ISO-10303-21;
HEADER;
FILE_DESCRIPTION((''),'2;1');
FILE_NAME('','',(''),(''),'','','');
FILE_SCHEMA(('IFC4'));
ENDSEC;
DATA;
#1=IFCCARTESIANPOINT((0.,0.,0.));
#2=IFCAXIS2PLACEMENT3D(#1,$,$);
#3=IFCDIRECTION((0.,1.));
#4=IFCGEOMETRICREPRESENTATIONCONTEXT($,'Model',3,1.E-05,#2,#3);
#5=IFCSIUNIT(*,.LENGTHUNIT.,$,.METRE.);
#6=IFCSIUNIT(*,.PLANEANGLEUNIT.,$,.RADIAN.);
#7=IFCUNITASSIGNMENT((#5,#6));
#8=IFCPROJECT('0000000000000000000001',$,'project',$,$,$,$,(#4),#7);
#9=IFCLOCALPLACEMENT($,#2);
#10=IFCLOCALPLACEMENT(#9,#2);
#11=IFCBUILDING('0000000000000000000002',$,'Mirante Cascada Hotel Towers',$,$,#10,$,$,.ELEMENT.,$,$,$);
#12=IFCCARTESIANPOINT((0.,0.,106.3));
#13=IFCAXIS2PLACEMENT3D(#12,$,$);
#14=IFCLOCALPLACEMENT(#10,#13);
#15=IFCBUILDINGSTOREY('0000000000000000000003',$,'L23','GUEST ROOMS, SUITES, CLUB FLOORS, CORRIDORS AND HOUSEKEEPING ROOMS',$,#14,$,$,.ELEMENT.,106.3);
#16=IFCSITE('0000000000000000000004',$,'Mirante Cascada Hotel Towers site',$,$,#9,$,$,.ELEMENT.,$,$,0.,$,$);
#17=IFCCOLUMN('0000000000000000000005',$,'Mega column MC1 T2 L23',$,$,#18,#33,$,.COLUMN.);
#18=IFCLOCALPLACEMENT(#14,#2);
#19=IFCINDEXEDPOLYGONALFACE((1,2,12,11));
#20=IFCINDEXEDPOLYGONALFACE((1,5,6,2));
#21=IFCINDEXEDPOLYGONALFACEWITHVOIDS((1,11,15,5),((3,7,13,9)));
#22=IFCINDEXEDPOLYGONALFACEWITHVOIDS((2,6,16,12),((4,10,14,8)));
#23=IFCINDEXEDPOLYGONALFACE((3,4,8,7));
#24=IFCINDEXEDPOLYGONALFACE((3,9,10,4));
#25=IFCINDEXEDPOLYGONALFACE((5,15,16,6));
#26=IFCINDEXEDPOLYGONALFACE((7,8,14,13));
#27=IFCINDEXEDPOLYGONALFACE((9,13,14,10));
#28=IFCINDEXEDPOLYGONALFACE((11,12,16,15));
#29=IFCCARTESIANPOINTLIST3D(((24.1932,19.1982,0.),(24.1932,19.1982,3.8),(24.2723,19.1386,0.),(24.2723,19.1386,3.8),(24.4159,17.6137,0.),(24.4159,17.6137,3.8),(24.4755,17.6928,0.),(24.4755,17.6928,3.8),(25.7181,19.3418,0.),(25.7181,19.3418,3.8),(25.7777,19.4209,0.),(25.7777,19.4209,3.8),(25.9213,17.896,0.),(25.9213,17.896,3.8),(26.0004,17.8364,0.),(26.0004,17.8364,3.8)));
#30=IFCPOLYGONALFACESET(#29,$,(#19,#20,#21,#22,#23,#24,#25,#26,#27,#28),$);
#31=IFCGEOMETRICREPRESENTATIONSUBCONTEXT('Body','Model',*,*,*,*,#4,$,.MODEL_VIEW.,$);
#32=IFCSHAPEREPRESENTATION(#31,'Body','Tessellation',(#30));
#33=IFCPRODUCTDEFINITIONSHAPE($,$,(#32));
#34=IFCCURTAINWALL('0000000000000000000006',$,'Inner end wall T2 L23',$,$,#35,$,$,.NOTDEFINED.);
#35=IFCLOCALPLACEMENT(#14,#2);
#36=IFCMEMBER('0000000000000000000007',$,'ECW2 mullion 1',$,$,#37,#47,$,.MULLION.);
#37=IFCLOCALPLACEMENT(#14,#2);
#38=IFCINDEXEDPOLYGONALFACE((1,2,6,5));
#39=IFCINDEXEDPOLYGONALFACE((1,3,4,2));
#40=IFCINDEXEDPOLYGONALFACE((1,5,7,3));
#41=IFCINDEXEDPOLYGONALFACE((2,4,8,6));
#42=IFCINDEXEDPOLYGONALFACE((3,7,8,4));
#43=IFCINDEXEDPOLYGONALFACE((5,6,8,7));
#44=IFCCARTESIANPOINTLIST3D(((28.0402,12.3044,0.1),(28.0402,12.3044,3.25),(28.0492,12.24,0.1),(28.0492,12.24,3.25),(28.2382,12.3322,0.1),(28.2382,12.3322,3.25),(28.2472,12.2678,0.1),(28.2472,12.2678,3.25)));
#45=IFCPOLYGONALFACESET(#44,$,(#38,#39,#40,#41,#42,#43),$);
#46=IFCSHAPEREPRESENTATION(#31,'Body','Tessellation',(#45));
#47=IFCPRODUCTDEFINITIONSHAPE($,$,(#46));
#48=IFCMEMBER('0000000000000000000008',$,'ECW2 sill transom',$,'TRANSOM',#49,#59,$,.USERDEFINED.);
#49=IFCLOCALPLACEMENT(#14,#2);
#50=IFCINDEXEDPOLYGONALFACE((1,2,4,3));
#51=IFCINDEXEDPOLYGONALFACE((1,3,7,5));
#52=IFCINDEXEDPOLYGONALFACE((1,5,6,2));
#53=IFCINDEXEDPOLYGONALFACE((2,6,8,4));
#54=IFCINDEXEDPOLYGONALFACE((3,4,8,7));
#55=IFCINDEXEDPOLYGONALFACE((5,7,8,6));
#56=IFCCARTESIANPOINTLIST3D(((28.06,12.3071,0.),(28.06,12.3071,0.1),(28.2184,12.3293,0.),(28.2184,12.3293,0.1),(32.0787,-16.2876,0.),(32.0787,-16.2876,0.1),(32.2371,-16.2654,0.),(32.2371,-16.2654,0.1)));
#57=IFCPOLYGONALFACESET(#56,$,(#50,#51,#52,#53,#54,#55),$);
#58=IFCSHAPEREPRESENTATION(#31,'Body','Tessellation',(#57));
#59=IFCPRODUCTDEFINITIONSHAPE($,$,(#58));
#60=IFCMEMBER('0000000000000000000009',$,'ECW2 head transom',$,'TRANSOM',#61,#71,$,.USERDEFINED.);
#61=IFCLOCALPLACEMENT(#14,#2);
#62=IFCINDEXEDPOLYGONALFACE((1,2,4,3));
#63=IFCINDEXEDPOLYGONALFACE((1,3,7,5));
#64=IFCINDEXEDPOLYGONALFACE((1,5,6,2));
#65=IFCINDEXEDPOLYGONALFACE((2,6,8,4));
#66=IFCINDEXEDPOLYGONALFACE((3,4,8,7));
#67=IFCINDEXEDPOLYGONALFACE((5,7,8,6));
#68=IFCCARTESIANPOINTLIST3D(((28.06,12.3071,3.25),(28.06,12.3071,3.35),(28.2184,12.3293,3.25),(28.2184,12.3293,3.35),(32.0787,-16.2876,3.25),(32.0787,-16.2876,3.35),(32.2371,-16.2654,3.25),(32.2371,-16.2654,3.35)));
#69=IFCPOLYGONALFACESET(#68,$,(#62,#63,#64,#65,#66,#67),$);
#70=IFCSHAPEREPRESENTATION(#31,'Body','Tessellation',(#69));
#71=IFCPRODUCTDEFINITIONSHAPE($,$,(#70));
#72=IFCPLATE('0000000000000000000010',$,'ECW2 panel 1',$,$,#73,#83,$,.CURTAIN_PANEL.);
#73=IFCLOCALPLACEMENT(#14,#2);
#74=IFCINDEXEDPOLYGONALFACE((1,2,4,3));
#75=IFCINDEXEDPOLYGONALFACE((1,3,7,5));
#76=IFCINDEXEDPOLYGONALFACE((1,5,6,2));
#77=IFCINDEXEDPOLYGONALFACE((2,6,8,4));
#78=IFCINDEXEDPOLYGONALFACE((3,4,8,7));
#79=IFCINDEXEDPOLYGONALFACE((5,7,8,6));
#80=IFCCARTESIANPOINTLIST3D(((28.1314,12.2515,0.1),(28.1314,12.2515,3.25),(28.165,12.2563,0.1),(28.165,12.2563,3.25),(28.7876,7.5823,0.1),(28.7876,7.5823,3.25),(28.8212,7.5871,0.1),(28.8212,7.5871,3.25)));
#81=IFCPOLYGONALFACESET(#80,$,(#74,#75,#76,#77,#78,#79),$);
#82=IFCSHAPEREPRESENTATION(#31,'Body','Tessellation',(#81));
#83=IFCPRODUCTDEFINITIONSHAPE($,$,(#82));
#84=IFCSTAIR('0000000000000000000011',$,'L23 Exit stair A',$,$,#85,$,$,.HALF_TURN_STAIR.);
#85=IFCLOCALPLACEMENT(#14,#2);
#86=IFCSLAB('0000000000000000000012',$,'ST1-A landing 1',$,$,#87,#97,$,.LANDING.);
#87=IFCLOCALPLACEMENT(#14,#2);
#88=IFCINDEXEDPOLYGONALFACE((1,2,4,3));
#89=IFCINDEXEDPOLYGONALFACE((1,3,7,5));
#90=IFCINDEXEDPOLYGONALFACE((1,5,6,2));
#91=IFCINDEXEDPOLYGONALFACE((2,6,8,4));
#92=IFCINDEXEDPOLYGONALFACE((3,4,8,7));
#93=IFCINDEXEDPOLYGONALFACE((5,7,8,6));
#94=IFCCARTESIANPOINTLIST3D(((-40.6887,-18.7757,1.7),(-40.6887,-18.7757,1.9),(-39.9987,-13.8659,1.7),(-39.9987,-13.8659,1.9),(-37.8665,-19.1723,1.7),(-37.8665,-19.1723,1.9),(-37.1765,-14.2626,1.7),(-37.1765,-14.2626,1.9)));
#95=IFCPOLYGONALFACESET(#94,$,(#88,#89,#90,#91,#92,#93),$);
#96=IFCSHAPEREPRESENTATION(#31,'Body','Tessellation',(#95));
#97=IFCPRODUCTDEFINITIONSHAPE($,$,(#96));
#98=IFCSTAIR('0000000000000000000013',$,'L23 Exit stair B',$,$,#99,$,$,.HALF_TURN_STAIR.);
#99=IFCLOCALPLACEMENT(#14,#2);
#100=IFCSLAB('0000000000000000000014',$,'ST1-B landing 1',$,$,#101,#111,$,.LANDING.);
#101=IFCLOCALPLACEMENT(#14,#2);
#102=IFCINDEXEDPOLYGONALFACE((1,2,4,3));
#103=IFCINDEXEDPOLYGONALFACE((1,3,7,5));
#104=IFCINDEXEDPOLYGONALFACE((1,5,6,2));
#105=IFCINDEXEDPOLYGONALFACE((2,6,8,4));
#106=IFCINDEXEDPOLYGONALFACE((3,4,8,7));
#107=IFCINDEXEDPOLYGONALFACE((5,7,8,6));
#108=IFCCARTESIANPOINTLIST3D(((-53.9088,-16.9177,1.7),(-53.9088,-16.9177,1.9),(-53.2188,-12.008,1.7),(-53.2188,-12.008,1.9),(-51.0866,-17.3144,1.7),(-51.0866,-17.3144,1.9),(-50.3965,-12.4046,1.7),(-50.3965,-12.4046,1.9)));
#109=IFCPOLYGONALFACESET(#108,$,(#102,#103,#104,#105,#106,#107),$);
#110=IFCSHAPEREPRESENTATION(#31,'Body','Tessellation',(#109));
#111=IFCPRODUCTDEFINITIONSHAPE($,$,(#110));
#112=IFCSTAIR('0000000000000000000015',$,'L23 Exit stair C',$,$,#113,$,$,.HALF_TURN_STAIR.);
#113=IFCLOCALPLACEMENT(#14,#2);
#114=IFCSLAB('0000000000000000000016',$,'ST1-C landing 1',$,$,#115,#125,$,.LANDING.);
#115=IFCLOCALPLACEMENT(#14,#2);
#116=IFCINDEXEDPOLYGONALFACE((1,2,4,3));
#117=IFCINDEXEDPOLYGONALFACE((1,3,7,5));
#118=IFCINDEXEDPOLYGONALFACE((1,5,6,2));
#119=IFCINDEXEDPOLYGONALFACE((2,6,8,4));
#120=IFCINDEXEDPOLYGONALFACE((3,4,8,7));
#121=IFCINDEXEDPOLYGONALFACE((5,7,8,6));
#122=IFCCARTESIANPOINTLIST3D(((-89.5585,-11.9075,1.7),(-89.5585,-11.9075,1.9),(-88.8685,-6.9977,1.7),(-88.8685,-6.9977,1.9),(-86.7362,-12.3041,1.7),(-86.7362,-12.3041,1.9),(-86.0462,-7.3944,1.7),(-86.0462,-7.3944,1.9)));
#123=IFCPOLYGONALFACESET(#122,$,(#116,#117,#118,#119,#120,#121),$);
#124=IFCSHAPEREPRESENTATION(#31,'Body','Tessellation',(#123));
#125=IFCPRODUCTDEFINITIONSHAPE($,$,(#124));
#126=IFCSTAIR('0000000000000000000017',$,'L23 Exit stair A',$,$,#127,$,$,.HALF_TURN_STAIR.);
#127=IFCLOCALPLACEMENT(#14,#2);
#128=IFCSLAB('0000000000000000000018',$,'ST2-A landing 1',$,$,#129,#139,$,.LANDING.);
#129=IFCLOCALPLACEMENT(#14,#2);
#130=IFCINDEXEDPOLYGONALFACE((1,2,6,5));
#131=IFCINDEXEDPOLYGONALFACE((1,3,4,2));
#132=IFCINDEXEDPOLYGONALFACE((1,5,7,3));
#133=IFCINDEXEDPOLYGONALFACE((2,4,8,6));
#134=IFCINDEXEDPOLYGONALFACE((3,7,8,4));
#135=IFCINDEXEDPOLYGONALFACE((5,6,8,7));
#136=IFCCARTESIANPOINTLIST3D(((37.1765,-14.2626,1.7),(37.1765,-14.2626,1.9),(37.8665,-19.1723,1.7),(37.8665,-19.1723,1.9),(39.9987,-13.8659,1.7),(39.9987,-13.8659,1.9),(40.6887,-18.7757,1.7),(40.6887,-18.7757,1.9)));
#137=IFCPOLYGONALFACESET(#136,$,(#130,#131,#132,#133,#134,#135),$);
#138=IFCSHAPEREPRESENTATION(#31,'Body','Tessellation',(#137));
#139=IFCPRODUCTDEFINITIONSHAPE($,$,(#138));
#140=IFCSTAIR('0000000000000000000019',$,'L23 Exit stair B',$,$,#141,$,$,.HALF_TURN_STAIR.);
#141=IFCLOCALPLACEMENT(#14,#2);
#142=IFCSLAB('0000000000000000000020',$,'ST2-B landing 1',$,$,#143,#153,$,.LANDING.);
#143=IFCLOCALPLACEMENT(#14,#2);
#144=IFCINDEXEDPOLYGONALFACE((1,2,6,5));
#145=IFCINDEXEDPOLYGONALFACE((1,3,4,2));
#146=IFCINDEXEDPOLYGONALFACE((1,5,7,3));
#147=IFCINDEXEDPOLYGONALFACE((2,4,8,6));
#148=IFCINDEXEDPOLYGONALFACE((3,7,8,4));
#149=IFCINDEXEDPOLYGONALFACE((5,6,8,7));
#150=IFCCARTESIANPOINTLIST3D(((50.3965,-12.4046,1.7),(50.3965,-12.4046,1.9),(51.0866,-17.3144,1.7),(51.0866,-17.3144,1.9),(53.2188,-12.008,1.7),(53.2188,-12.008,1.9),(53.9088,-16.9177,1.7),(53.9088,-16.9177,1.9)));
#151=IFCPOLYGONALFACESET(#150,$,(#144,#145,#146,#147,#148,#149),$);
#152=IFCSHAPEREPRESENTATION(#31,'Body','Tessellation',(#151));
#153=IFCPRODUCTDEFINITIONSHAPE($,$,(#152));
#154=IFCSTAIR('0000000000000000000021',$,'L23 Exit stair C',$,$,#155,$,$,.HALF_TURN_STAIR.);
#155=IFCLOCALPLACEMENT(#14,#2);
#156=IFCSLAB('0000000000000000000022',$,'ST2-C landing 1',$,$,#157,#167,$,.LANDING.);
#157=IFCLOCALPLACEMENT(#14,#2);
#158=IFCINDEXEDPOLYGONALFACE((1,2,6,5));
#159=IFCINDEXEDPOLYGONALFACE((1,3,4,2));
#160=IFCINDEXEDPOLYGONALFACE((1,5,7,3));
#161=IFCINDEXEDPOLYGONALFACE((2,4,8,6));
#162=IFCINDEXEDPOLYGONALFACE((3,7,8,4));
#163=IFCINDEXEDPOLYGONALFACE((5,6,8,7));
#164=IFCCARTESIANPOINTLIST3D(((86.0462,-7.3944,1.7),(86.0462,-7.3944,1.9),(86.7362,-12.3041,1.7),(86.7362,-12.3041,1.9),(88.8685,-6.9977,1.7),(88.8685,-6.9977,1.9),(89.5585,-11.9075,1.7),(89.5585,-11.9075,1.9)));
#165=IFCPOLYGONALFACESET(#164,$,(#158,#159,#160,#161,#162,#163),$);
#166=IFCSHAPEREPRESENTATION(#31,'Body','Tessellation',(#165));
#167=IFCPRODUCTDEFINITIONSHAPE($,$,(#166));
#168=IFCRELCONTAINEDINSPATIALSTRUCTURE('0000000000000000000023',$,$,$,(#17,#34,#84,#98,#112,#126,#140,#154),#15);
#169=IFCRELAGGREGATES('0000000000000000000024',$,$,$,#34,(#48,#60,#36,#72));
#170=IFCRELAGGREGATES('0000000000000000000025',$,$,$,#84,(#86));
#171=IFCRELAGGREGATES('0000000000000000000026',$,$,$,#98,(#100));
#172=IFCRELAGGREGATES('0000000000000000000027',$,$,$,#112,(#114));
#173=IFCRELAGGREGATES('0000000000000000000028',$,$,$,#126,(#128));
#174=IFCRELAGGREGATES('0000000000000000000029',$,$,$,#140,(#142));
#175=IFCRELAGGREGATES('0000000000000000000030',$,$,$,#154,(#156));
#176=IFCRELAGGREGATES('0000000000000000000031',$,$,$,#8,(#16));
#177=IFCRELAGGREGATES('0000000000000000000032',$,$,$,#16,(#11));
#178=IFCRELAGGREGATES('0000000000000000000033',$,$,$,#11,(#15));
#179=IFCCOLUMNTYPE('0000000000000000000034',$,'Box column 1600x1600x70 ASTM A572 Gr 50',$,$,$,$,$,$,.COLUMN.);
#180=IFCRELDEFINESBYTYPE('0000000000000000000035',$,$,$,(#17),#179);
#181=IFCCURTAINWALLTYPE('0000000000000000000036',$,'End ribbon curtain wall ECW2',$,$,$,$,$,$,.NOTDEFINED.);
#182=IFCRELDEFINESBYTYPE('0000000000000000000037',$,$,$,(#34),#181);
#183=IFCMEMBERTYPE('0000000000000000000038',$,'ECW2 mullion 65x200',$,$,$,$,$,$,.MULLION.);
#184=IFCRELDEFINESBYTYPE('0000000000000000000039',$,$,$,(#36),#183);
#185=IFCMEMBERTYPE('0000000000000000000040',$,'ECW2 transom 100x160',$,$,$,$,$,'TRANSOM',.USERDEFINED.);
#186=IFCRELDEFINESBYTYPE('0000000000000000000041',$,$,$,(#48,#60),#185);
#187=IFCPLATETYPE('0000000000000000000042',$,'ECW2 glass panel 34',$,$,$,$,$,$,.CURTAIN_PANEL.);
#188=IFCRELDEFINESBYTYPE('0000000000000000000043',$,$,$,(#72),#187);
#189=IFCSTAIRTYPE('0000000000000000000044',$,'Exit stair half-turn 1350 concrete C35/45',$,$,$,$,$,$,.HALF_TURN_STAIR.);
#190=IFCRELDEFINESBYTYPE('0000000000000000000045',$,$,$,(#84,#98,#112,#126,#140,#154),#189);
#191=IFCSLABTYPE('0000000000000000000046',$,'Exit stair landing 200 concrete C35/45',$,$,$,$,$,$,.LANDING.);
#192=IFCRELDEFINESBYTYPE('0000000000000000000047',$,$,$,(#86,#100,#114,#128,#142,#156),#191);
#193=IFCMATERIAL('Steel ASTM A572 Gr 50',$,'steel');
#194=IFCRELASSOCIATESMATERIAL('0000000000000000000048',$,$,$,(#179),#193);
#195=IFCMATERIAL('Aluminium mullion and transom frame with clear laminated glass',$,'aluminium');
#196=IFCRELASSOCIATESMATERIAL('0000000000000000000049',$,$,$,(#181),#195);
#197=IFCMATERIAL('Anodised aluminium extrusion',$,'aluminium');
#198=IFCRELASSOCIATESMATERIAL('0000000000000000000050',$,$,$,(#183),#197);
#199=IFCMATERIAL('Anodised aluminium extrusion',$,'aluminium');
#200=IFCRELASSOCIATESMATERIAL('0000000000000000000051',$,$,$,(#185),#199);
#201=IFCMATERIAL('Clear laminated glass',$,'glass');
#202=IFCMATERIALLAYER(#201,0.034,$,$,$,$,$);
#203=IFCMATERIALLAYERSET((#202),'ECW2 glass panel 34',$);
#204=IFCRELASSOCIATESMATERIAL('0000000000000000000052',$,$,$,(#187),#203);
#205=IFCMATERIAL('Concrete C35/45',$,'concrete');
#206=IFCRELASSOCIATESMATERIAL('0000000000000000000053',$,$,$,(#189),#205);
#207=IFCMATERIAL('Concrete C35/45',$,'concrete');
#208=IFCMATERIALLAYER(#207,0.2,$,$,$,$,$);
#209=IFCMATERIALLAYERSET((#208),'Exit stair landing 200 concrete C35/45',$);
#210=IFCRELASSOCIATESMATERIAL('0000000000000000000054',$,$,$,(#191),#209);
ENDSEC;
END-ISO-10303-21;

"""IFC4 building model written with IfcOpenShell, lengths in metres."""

from ifc_helpers import new_model, si_unit, direction, frame, origin, origin_2d, place, context, subcontext, project, spatial, polyline, rectangle, hollow_rectangle, outline, extrude, material, layer, layer_set, material_profile, profile_set, type_object, element, aggregate, save


model = new_model("IFC4")

# Units and contexts
model_context = context("Model", 3, precision=1e-05, world=origin(), true_north=direction((0.0, 1.0)))
body_context = subcontext(model_context, "Body", "Model", "MODEL_VIEW")
ifc_project = project(units=[si_unit("LENGTHUNIT", "METRE"), si_unit("PLANEANGLEUNIT", "RADIAN")], contexts=[model_context])

# Site, building, storey
site_placement = place(None, origin())
site = spatial("IfcSite", under=ifc_project, at=site_placement, Name="Mirante Cascada Hotel Towers site", CompositionType="ELEMENT", RefElevation=0.0)
building_placement = place(site_placement, origin())
building = spatial("IfcBuilding", under=site, at=building_placement, Name="Mirante Cascada Hotel Towers", CompositionType="ELEMENT")
storey_placement = place(building_placement, frame((0.0, 0.0, 106.3)))
storey = spatial("IfcBuildingStorey", under=building, at=storey_placement, Name="L23", Description="GUEST ROOMS, SUITES, CLUB FLOORS, CORRIDORS AND HOUSEKEEPING ROOMS", CompositionType="ELEMENT", Elevation=106.3)

# Column
ifc_material_1 = material(Name="Steel ASTM A572 Gr 50", Category="steel")
ifc_material_profile_1 = material_profile(ifc_material_1, hollow_rectangle(XDim=1.6, YDim=1.6, WallThickness=0.07, at=origin_2d()), Name="Box column 1600x1600x70 ASTM A572 Gr 50")
ifc_profile_set_1 = profile_set([ifc_material_profile_1], Name="Steel ASTM A572 Gr 50")
column_type = type_object("IfcColumnType", Name="Box column 1600x1600x70 ASTM A572 Gr 50", PredefinedType="COLUMN", material=ifc_profile_set_1)
column_placement = place(storey_placement, frame((25.0968, 18.5173, 0.0), z_axis=(0.0, 0.0, 1.0), x_axis=(0.990268, 0.139173, 0.0)))
element("IfcColumn", 1, at=column_placement, inside=storey, type_object=column_type, Name="Mega column MC1 T2 L23", PredefinedType="COLUMN", context=body_context, shape_type="SweptSolid", body=[
    extrude(hollow_rectangle(XDim=1.6, YDim=1.6, WallThickness=0.07, at=origin_2d()), origin(), (0.0, 0.0, 1.0), 3.8),
])

# Curtain wall, members, plate
ifc_material_2 = material(Name="Aluminium mullion and transom frame with clear laminated glass", Category="aluminium")
curtain_wall_type = type_object("IfcCurtainWallType", Name="End ribbon curtain wall ECW2", PredefinedType="NOTDEFINED", material=ifc_material_2)
curtain_wall_placement = place(storey_placement, origin())
curtain_wall = element("IfcCurtainWall", 2, at=curtain_wall_placement, inside=storey, type_object=curtain_wall_type, Name="Inner end wall T2 L23", PredefinedType="NOTDEFINED")
ifc_material_3 = material(Name="Anodised aluminium extrusion", Category="aluminium")
ifc_material_profile_2 = material_profile(ifc_material_3, rectangle(XDim=0.2, YDim=0.065, at=origin_2d()), Name="ECW2 MULLION 65x200")
ifc_profile_set_2 = profile_set([ifc_material_profile_2], Name="Anodised aluminium extrusion")
member_type_1 = type_object("IfcMemberType", Name="ECW2 mullion 65x200", PredefinedType="MULLION", material=ifc_profile_set_2)
member_1_placement = place(storey_placement, frame((28.1437, 12.2861, 0.1), z_axis=(0.0, 0.0, 1.0), x_axis=(0.990268, 0.139173, 0.0)))
member_1 = element("IfcMember", 3, at=member_1_placement, type_object=member_type_1, Name="ECW2 mullion 1", PredefinedType="MULLION", context=body_context, shape_type="SweptSolid", body=[
    extrude(rectangle(XDim=0.2, YDim=0.065, at=origin_2d()), origin(), (0.0, 0.0, 1.0), 3.15),
])
ifc_material_4 = material(Name="Anodised aluminium extrusion", Category="aluminium")
ifc_material_profile_3 = material_profile(ifc_material_4, rectangle(XDim=0.16, YDim=0.1, at=origin_2d()), Name="ECW2 TRANSOM 100x160")
ifc_profile_set_3 = profile_set([ifc_material_profile_3], Name="Anodised aluminium extrusion")
member_type_2 = type_object("IfcMemberType", Name="ECW2 transom 100x160", ElementType="TRANSOM", PredefinedType="USERDEFINED", material=ifc_profile_set_3)
member_2_placement = place(storey_placement, frame((28.1392, 12.3182, 0.05), z_axis=(0.139172, -0.990268, 0.0), x_axis=(0.990268, 0.139172, 0.0)))
member_2 = element("IfcMember", 4, at=member_2_placement, type_object=member_type_2, Name="ECW2 sill transom", ObjectType="TRANSOM", PredefinedType="USERDEFINED", context=body_context, shape_type="SweptSolid", body=[
    extrude(rectangle(XDim=0.16, YDim=0.1, at=origin_2d()), origin(), (0.0, 0.0, 1.0), 28.8757),
])
member_3_placement = place(storey_placement, frame((28.1392, 12.3182, 3.3), z_axis=(0.139172, -0.990268, 0.0), x_axis=(0.990268, 0.139172, 0.0)))
member_3 = element("IfcMember", 5, at=member_3_placement, type_object=member_type_2, Name="ECW2 head transom", ObjectType="TRANSOM", PredefinedType="USERDEFINED", context=body_context, shape_type="SweptSolid", body=[
    extrude(rectangle(XDim=0.16, YDim=0.1, at=origin_2d()), origin(), (0.0, 0.0, 1.0), 28.8757),
])
ifc_material_5 = material(Name="Clear laminated glass", Category="glass")
ifc_layer_1 = layer(ifc_material_5, 0.034)
ifc_layer_set_1 = layer_set([ifc_layer_1], Name="ECW2 glass panel 34")
plate_type = type_object("IfcPlateType", Name="ECW2 glass panel 34", PredefinedType="CURTAIN_PANEL", material=ifc_layer_set_1)
plate_placement = place(storey_placement, frame((28.4763, 9.9193, 0.1), z_axis=(0.0, 0.0, 1.0), x_axis=(0.139173, -0.990268, 0.0)))
plate = element("IfcPlate", 6, at=plate_placement, type_object=plate_type, Name="ECW2 panel 1", PredefinedType="CURTAIN_PANEL", context=body_context, shape_type="SweptSolid", body=[
    extrude(rectangle(XDim=4.7151, YDim=0.034, at=origin_2d()), origin(), (0.0, 0.0, 1.0), 3.15),
])
aggregate(curtain_wall, [member_2, member_3, member_1, plate])

# Stairs, slabs
ifc_material_6 = material(Name="Concrete C35/45", Category="concrete")
stair_type = type_object("IfcStairType", Name="Exit stair half-turn 1350 concrete C35/45", PredefinedType="HALF_TURN_STAIR", material=ifc_material_6)
stair_1_placement = place(storey_placement, origin())
stair_1 = element("IfcStair", 7, at=stair_1_placement, inside=storey, type_object=stair_type, Name="L23 Exit stair A", PredefinedType="HALF_TURN_STAIR")
ifc_material_7 = material(Name="Concrete C35/45", Category="concrete")
ifc_layer_2 = layer(ifc_material_7, 0.2)
ifc_layer_set_2 = layer_set([ifc_layer_2], Name="Exit stair landing 200 concrete C35/45")
slab_type = type_object("IfcSlabType", Name="Exit stair landing 200 concrete C35/45", PredefinedType="LANDING", material=ifc_layer_set_2)
slab_1_placement = place(storey_placement, frame((0.0, 0.0, 1.7)))
slab_1 = element("IfcSlab", 8, at=slab_1_placement, type_object=slab_type, Name="ST1-A landing 1", PredefinedType="LANDING", context=body_context, shape_type="SweptSolid", body=[
    extrude(outline(polyline([(-39.9987, -13.8659), (-40.6887, -18.7757), (-37.8665, -19.1723), (-37.1765, -14.2626), (-39.9987, -13.8659)])), origin(), (0.0, 0.0, 1.0), 0.2),
])
aggregate(stair_1, [slab_1])
stair_2_placement = place(storey_placement, origin())
stair_2 = element("IfcStair", 9, at=stair_2_placement, inside=storey, type_object=stair_type, Name="L23 Exit stair B", PredefinedType="HALF_TURN_STAIR")
slab_2_placement = place(storey_placement, frame((0.0, 0.0, 1.7)))
slab_2 = element("IfcSlab", 10, at=slab_2_placement, type_object=slab_type, Name="ST1-B landing 1", PredefinedType="LANDING", context=body_context, shape_type="SweptSolid", body=[
    extrude(outline(polyline([(-53.2188, -12.008), (-53.9088, -16.9177), (-51.0866, -17.3144), (-50.3965, -12.4046), (-53.2188, -12.008)])), origin(), (0.0, 0.0, 1.0), 0.2),
])
aggregate(stair_2, [slab_2])
stair_3_placement = place(storey_placement, origin())
stair_3 = element("IfcStair", 11, at=stair_3_placement, inside=storey, type_object=stair_type, Name="L23 Exit stair C", PredefinedType="HALF_TURN_STAIR")
slab_3_placement = place(storey_placement, frame((0.0, 0.0, 1.7)))
slab_3 = element("IfcSlab", 12, at=slab_3_placement, type_object=slab_type, Name="ST1-C landing 1", PredefinedType="LANDING", context=body_context, shape_type="SweptSolid", body=[
    extrude(outline(polyline([(-88.8685, -6.9977), (-89.5585, -11.9075), (-86.7362, -12.3041), (-86.0462, -7.3944), (-88.8685, -6.9977)])), origin(), (0.0, 0.0, 1.0), 0.2),
])
aggregate(stair_3, [slab_3])
stair_4_placement = place(storey_placement, origin())
stair_4 = element("IfcStair", 13, at=stair_4_placement, inside=storey, type_object=stair_type, Name="L23 Exit stair A", PredefinedType="HALF_TURN_STAIR")
slab_4_placement = place(storey_placement, frame((0.0, 0.0, 1.7)))
slab_4 = element("IfcSlab", 14, at=slab_4_placement, type_object=slab_type, Name="ST2-A landing 1", PredefinedType="LANDING", context=body_context, shape_type="SweptSolid", body=[
    extrude(outline(polyline([(37.1765, -14.2626), (37.8665, -19.1723), (40.6887, -18.7757), (39.9987, -13.8659), (37.1765, -14.2626)])), origin(), (0.0, 0.0, 1.0), 0.2),
])
aggregate(stair_4, [slab_4])
stair_5_placement = place(storey_placement, origin())
stair_5 = element("IfcStair", 15, at=stair_5_placement, inside=storey, type_object=stair_type, Name="L23 Exit stair B", PredefinedType="HALF_TURN_STAIR")
slab_5_placement = place(storey_placement, frame((0.0, 0.0, 1.7)))
slab_5 = element("IfcSlab", 16, at=slab_5_placement, type_object=slab_type, Name="ST2-B landing 1", PredefinedType="LANDING", context=body_context, shape_type="SweptSolid", body=[
    extrude(outline(polyline([(50.3965, -12.4046), (51.0866, -17.3144), (53.9088, -16.9177), (53.2188, -12.008), (50.3965, -12.4046)])), origin(), (0.0, 0.0, 1.0), 0.2),
])
aggregate(stair_5, [slab_5])
stair_6_placement = place(storey_placement, origin())
stair_6 = element("IfcStair", 17, at=stair_6_placement, inside=storey, type_object=stair_type, Name="L23 Exit stair C", PredefinedType="HALF_TURN_STAIR")
slab_6_placement = place(storey_placement, frame((0.0, 0.0, 1.7)))
slab_6 = element("IfcSlab", 18, at=slab_6_placement, type_object=slab_type, Name="ST2-C landing 1", PredefinedType="LANDING", context=body_context, shape_type="SweptSolid", body=[
    extrude(outline(polyline([(86.0462, -7.3944), (86.7362, -12.3041), (89.5585, -11.9075), (88.8685, -6.9977), (86.0462, -7.3944)])), origin(), (0.0, 0.0, 1.0), 0.2),
])
aggregate(stair_6, [slab_6])

save(model, "model.ifc")
